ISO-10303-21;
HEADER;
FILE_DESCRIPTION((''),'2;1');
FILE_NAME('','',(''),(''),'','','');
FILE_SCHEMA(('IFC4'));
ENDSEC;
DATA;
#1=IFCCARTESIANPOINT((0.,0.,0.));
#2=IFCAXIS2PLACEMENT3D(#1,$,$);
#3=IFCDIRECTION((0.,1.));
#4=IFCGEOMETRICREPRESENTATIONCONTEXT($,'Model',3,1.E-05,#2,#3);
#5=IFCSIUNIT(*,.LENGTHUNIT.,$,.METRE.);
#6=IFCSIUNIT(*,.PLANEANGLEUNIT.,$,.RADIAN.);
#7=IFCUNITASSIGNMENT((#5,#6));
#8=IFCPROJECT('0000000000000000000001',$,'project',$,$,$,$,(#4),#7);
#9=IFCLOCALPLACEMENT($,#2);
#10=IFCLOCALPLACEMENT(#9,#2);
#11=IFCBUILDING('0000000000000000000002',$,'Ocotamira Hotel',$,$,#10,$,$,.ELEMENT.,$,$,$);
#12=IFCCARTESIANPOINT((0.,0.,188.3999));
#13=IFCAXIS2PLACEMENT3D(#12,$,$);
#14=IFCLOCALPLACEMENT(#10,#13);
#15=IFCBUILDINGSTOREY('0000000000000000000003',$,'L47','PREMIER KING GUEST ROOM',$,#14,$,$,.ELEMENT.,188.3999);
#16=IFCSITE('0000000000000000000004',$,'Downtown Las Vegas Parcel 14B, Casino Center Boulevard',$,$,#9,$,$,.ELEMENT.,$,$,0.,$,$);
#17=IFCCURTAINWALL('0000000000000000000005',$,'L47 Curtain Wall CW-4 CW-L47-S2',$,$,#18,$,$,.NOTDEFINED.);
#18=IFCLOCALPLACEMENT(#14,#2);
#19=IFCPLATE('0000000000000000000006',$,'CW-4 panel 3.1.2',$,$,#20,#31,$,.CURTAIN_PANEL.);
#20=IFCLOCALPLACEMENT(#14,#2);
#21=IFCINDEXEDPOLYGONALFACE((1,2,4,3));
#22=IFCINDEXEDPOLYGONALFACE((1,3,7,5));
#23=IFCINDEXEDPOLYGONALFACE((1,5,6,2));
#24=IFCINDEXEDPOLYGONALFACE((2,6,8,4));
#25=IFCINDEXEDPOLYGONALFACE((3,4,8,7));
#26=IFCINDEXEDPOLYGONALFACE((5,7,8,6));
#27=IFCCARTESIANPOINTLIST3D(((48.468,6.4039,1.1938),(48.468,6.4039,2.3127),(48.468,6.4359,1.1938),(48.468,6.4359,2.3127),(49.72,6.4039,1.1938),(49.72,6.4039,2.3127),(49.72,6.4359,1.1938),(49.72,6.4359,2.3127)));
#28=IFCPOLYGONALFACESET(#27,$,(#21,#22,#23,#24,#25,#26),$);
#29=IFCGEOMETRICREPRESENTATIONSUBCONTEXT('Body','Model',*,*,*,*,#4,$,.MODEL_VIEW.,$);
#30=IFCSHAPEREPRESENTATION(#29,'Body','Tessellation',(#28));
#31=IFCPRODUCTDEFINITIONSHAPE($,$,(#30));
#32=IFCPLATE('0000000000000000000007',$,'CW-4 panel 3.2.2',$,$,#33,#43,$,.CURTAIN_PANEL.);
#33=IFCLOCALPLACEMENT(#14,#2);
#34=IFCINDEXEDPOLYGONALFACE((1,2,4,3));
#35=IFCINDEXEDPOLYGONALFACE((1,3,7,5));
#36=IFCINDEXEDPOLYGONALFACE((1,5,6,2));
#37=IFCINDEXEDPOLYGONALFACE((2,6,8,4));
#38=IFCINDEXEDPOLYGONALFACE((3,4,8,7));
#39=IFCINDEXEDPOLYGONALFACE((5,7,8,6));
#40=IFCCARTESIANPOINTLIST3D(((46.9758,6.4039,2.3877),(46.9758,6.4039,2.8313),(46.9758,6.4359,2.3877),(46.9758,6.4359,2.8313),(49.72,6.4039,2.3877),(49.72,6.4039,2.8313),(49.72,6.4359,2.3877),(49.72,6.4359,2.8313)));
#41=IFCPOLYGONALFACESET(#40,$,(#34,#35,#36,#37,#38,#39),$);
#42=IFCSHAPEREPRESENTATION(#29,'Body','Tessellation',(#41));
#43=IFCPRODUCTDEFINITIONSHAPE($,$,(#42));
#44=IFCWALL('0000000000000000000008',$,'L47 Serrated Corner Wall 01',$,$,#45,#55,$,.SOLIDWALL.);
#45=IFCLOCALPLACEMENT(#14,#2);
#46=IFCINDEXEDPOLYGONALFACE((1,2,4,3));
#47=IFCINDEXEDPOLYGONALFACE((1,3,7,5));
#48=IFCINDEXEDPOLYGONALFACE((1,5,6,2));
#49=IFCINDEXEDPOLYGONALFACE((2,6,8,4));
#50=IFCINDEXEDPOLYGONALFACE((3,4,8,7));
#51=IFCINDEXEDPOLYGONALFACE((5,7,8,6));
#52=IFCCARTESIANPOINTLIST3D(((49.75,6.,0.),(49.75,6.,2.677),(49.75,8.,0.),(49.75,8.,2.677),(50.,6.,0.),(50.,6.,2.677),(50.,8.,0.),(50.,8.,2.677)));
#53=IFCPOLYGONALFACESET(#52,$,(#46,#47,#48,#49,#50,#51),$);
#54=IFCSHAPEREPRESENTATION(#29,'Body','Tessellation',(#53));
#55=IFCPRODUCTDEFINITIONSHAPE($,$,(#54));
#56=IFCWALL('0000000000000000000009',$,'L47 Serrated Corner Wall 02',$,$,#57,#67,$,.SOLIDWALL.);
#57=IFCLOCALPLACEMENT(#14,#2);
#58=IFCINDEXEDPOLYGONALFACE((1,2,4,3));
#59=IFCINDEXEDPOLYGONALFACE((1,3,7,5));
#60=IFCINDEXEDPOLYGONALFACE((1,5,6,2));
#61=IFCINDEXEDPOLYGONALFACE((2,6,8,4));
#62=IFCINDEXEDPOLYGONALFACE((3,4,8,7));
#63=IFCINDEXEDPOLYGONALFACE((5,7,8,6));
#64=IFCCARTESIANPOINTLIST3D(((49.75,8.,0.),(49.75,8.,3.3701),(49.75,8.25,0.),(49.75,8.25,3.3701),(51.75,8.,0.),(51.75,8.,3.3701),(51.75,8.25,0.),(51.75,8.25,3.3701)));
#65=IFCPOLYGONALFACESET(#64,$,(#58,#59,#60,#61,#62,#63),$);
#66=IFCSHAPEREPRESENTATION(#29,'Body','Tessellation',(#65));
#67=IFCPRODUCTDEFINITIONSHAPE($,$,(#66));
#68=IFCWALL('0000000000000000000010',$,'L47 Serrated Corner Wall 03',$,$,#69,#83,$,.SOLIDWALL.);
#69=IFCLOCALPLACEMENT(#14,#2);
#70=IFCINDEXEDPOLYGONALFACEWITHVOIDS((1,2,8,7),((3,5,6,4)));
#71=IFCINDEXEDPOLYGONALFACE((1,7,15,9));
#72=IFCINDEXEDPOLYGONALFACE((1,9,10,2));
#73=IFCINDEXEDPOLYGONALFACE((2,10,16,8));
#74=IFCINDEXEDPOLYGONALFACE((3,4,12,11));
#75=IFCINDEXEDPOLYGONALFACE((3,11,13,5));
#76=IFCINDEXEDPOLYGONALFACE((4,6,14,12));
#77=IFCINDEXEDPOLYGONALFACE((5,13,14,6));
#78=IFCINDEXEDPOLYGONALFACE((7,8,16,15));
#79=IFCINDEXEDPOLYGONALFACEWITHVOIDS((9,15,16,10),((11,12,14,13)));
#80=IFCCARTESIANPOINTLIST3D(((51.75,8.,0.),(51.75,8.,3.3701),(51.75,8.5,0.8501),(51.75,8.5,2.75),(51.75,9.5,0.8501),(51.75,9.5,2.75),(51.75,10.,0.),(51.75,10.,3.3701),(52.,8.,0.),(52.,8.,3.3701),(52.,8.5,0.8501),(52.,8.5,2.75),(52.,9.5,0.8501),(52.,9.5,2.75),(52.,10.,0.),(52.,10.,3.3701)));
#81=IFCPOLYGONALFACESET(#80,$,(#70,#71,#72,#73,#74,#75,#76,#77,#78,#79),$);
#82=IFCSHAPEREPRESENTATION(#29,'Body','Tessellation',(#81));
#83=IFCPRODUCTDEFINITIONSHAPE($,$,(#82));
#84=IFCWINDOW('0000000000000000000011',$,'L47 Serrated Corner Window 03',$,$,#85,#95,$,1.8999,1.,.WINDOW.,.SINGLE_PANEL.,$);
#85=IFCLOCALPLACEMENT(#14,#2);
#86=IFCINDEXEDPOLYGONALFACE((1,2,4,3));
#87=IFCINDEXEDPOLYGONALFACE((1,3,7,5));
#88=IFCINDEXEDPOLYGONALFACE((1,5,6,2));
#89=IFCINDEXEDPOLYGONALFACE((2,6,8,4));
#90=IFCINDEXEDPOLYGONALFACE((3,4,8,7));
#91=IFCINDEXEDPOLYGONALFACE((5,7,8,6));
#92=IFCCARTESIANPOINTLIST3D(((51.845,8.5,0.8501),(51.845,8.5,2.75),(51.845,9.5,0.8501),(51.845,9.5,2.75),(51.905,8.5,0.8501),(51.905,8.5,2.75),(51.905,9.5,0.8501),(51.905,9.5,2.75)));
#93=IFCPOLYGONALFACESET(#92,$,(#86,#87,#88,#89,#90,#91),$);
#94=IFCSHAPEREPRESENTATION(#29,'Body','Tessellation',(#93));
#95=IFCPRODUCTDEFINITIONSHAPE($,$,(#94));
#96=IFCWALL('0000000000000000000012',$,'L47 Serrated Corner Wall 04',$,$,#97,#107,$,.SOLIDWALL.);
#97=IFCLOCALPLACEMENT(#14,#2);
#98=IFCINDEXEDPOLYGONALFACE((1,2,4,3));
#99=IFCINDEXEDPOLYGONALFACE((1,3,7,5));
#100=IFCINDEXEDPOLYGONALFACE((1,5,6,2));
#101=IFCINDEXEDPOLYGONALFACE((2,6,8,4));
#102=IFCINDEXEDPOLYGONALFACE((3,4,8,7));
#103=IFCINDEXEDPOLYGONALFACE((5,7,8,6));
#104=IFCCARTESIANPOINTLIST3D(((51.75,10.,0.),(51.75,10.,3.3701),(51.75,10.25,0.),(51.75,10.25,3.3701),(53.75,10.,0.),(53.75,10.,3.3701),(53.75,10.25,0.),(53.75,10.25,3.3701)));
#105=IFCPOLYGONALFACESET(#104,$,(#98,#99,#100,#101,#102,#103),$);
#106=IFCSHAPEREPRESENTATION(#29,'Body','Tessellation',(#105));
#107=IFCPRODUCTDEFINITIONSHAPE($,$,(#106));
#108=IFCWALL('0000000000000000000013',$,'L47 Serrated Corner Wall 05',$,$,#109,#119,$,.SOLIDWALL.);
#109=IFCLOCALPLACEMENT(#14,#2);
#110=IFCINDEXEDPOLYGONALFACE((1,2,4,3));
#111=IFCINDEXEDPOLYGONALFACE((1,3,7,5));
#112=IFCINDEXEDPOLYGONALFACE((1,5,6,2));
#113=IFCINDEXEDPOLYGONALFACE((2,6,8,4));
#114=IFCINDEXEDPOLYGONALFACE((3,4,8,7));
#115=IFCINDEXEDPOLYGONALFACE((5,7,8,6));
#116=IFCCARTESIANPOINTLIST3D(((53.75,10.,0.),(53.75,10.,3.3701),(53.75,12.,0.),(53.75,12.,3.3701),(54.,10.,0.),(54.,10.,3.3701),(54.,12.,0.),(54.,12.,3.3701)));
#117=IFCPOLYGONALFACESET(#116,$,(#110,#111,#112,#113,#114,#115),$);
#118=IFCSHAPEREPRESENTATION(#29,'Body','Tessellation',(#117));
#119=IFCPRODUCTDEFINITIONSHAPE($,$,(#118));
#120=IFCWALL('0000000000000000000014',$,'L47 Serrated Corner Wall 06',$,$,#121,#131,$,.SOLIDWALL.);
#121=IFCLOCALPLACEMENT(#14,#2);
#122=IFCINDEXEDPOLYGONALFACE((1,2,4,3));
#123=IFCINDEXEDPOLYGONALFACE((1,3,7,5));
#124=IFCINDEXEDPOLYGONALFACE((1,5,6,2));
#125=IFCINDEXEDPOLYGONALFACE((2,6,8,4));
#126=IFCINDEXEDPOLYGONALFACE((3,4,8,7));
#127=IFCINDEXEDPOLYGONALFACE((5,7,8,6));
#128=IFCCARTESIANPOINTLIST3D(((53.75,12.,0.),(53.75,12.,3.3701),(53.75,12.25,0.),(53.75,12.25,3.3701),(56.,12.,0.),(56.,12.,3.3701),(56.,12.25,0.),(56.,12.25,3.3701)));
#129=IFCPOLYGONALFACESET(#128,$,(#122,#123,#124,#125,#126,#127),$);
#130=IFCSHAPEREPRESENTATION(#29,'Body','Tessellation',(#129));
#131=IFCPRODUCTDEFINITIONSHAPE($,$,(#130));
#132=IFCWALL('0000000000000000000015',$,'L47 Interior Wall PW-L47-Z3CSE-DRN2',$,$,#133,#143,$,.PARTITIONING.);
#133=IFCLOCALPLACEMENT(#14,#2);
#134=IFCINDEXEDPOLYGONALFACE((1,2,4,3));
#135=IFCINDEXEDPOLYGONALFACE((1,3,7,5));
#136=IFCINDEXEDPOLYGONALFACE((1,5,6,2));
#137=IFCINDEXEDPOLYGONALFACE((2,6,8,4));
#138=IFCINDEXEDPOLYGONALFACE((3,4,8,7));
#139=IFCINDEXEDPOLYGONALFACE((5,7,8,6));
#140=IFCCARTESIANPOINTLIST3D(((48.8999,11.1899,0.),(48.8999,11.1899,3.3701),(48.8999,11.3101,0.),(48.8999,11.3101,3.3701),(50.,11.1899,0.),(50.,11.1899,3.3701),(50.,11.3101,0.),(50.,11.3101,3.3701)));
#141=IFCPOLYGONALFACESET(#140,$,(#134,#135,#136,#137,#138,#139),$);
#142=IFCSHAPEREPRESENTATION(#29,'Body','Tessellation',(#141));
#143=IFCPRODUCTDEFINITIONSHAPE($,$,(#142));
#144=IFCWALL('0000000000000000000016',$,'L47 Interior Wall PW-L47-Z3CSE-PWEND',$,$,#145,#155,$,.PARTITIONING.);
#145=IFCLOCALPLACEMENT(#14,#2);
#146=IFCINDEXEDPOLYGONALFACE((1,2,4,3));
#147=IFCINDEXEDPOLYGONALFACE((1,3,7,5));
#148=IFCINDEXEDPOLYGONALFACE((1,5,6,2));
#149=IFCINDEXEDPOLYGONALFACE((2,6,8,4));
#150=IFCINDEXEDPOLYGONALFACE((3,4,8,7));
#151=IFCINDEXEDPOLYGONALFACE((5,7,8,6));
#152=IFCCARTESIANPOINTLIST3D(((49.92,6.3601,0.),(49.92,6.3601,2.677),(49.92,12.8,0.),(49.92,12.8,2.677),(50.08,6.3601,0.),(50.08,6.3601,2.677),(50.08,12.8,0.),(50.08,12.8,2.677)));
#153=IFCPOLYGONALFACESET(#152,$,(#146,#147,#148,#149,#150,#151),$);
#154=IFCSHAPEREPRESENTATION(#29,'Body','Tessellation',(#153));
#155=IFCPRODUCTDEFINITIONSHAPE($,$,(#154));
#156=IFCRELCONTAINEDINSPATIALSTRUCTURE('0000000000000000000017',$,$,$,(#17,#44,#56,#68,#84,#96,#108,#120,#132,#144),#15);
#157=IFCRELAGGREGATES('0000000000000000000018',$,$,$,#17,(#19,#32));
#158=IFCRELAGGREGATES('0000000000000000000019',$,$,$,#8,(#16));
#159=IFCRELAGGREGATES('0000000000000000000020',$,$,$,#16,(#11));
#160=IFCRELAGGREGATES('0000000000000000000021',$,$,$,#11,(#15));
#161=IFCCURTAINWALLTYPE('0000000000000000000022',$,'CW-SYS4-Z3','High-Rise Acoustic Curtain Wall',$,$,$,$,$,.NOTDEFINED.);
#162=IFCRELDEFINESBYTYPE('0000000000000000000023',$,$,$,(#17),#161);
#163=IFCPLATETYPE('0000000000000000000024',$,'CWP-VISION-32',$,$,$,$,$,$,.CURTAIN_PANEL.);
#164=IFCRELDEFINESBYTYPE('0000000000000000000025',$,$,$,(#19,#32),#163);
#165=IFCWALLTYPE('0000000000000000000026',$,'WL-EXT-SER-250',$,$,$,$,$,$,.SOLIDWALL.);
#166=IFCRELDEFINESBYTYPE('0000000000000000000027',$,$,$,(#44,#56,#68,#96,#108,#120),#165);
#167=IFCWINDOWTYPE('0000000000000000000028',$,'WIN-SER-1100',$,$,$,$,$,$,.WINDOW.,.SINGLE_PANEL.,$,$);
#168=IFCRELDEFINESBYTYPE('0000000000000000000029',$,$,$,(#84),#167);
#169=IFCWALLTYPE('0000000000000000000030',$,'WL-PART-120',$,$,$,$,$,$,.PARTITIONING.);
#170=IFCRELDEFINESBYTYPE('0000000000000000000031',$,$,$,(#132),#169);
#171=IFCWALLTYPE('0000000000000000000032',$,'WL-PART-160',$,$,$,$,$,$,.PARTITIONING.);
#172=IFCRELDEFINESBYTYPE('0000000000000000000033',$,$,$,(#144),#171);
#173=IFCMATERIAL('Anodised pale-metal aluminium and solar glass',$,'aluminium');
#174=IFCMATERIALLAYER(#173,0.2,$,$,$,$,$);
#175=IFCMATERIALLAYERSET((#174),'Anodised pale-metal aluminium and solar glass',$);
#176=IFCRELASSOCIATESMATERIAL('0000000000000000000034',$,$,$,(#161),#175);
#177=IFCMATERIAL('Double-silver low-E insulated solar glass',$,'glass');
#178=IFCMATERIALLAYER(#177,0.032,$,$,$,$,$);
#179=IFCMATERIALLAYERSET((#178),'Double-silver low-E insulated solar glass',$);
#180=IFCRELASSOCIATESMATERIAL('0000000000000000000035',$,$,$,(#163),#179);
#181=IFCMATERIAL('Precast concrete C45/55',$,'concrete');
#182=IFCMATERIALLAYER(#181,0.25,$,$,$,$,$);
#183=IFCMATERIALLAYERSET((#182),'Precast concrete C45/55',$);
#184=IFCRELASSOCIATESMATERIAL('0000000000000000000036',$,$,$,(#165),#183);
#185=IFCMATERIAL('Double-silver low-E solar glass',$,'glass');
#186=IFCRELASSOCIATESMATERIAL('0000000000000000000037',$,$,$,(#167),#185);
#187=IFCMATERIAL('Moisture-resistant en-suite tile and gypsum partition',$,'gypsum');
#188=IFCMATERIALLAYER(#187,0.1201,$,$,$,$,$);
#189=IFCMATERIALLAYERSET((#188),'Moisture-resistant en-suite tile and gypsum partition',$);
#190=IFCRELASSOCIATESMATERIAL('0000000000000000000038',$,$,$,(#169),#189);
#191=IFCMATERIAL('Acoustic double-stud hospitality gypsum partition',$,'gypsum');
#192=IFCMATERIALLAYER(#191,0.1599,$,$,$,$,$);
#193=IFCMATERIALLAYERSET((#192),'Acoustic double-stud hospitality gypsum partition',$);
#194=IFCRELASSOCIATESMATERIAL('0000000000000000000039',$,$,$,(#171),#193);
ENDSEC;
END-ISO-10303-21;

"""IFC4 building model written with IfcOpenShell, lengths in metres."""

from ifc_helpers import new_model, si_unit, direction, frame, frame_2d, origin, origin_2d, place, context, subcontext, project, spatial, rectangle, extrude, source, transform, mapped, material, layer, layer_set, type_object, element, fill, aggregate, save


model = new_model("IFC4")

# Units and contexts
model_context = context("Model", 3, precision=1e-05, world=origin(), true_north=direction((0.0, 1.0)))
body_context = subcontext(model_context, "Body", "Model", "MODEL_VIEW")
ifc_project = project(units=[si_unit("LENGTHUNIT", "METRE"), si_unit("PLANEANGLEUNIT", "RADIAN")], contexts=[model_context])

# Site, building, storey
site_placement = place(None, origin())
site = spatial("IfcSite", under=ifc_project, at=site_placement, Name="Downtown Las Vegas Parcel 14B, Casino Center Boulevard", CompositionType="ELEMENT", RefElevation=0.0)
building_placement = place(site_placement, origin())
building = spatial("IfcBuilding", under=site, at=building_placement, Name="Ocotamira Hotel", CompositionType="ELEMENT")
storey_placement = place(building_placement, frame((0.0, 0.0, 188.3999)))
storey = spatial("IfcBuildingStorey", under=building, at=storey_placement, Name="L47", Description="PREMIER KING GUEST ROOM", CompositionType="ELEMENT", Elevation=188.3999)

# Curtain wall
ifc_material_1 = material(Name="Anodised pale-metal aluminium and solar glass", Category="aluminium")
ifc_layer_1 = layer(ifc_material_1, 0.2)
ifc_layer_set_1 = layer_set([ifc_layer_1], Name="Anodised pale-metal aluminium and solar glass")
curtain_wall_type = type_object("IfcCurtainWallType", Name="CW-SYS4-Z3", Description="High-Rise Acoustic Curtain Wall", PredefinedType="NOTDEFINED", material=ifc_layer_set_1)
curtain_wall_1_placement = place(storey_placement, origin())
curtain_wall_1 = element("IfcCurtainWall", 1, at=curtain_wall_1_placement, inside=storey, type_object=curtain_wall_type, Name="L47 Curtain Wall CW-4 CW-L47-S2", PredefinedType="NOTDEFINED")

# Plates
ifc_material_2 = material(Name="Double-silver low-E insulated solar glass", Category="glass")
ifc_layer_2 = layer(ifc_material_2, 0.032)
ifc_layer_set_2 = layer_set([ifc_layer_2], Name="Double-silver low-E insulated solar glass")
plate_type = type_object("IfcPlateType", Name="CWP-VISION-32", PredefinedType="CURTAIN_PANEL", material=ifc_layer_set_2)
shared_shape_1 = source(origin(), body_context, "Body", "SweptSolid", [
    extrude(rectangle(XDim=1.252, YDim=0.032, at=origin_2d()), origin(), (0.0, 0.0, 1.0), 1.1189),
])
plate_1_placement = place(storey_placement, frame((49.094, 6.4199, 1.1938), z_axis=(0.0, 0.0, 1.0), x_axis=(1.0, 0.0, 0.0)))
plate_1 = element("IfcPlate", 2, at=plate_1_placement, type_object=plate_type, Name="CW-4 panel 3.1.2", PredefinedType="CURTAIN_PANEL", context=body_context, shape_type="MappedRepresentation", body=[
    mapped(shared_shape_1, transform((0.0, 0.0, 0.0), scale=1.0)),
])
shared_shape_2 = source(origin(), body_context, "Body", "SweptSolid", [
    extrude(rectangle(XDim=2.7441, YDim=0.032, at=origin_2d()), origin(), (0.0, 0.0, 1.0), 0.4436),
])
plate_2_placement = place(storey_placement, frame((48.3479, 6.4199, 2.3877), z_axis=(0.0, 0.0, 1.0), x_axis=(1.0, 0.0, 0.0)))
plate_2 = element("IfcPlate", 3, at=plate_2_placement, type_object=plate_type, Name="CW-4 panel 3.2.2", PredefinedType="CURTAIN_PANEL", context=body_context, shape_type="MappedRepresentation", body=[
    mapped(shared_shape_2, transform((0.0, 0.0, 0.0), scale=1.0)),
])
aggregate(curtain_wall_1, [plate_1, plate_2])

# Walls
ifc_material_3 = material(Name="Precast concrete C45/55", Category="concrete")
ifc_layer_3 = layer(ifc_material_3, 0.25)
ifc_layer_set_3 = layer_set([ifc_layer_3], Name="Precast concrete C45/55")
wall_type_1 = type_object("IfcWallType", Name="WL-EXT-SER-250", PredefinedType="SOLIDWALL", material=ifc_layer_set_3)
wall_1_placement = place(storey_placement, frame((49.875, 6.0, 0.0), z_axis=(0.0, 0.0, 1.0), x_axis=(0.0, 1.0, 0.0)))
element("IfcWall", 4, at=wall_1_placement, inside=storey, type_object=wall_type_1, Name="L47 Serrated Corner Wall 01", PredefinedType="SOLIDWALL", context=body_context, shape_type="SweptSolid", body=[
    extrude(rectangle(XDim=2.0, YDim=0.25, at=frame_2d((1.0, 0.0))), origin(), (0.0, 0.0, 1.0), 2.677),
])
wall_2_placement = place(storey_placement, frame((49.75, 8.125, 0.0), z_axis=(0.0, 0.0, 1.0), x_axis=(1.0, 0.0, 0.0)))
element("IfcWall", 5, at=wall_2_placement, inside=storey, type_object=wall_type_1, Name="L47 Serrated Corner Wall 02", PredefinedType="SOLIDWALL", context=body_context, shape_type="SweptSolid", body=[
    extrude(rectangle(XDim=2.0, YDim=0.25, at=frame_2d((1.0, 0.0))), origin(), (0.0, 0.0, 1.0), 3.3701),
])

# Wall, opening, window
wall_3_placement = place(storey_placement, frame((51.875, 8.0, 0.0), z_axis=(0.0, 0.0, 1.0), x_axis=(0.0, 1.0, 0.0)))
wall_3 = element("IfcWall", 6, at=wall_3_placement, inside=storey, type_object=wall_type_1, Name="L47 Serrated Corner Wall 03", PredefinedType="SOLIDWALL", context=body_context, shape_type="SweptSolid", body=[
    extrude(rectangle(XDim=2.0, YDim=0.25, at=frame_2d((1.0, 0.0))), origin(), (0.0, 0.0, 1.0), 3.3701),
])
opening_placement = place(wall_3_placement, frame((0.5, 0.0, 0.8501)))
opening = element("IfcOpeningElement", 7, at=opening_placement, cuts=wall_3, PredefinedType="OPENING", context=body_context, shape_type="SweptSolid", body=[
    extrude(rectangle(XDim=1.0, YDim=1.8999, at=frame_2d((0.5, 0.95))), frame((0.0, 0.135, 0.0), z_axis=(0.0, -1.0, 0.0), x_axis=(1.0, 0.0, 0.0)), (0.0, 0.0, 1.0), 0.27),
])
ifc_material_4 = material(Name="Double-silver low-E solar glass", Category="glass")
window_type = type_object("IfcWindowType", Name="WIN-SER-1100", PartitioningType="SINGLE_PANEL", PredefinedType="WINDOW", material=ifc_material_4)
shared_shape_3 = source(origin(), body_context, "Body", "SweptSolid", [
    extrude(rectangle(XDim=1.0, YDim=1.8999, at=frame_2d((0.5, 0.95))), frame((0.0, 0.03, 0.0), z_axis=(0.0, -1.0, 0.0), x_axis=(1.0, 0.0, 0.0)), (0.0, 0.0, 1.0), 0.0601),
])
window_placement = place(opening_placement, origin())
window = element("IfcWindow", 8, at=window_placement, inside=storey, type_object=window_type, Name="L47 Serrated Corner Window 03", OverallHeight=1.8999, OverallWidth=1.0, PartitioningType="SINGLE_PANEL", PredefinedType="WINDOW", context=body_context, shape_type="MappedRepresentation", body=[
    mapped(shared_shape_3, transform((0.0, 0.0, 0.0), scale=1.0)),
])
fill(opening, window)

# Walls
for number, where, z_axis, x_axis, name in (
    (9, (51.75, 10.125, 0.0), (0.0, 0.0, 1.0), (1.0, 0.0, 0.0), "L47 Serrated Corner Wall 04"),
    (10, (53.875, 10.0, 0.0), (0.0, 0.0, 1.0), (0.0, 1.0, 0.0), "L47 Serrated Corner Wall 05"),
):
    element("IfcWall", number, at=place(storey_placement, frame(where, z_axis=z_axis, x_axis=x_axis)), inside=storey, type_object=wall_type_1, Name=name, PredefinedType="SOLIDWALL", context=body_context, shape_type="SweptSolid", body=[
        extrude(rectangle(XDim=2.0, YDim=0.25, at=frame_2d((1.0, 0.0))), origin(), (0.0, 0.0, 1.0), 3.3701),
    ])
wall_4_placement = place(storey_placement, frame((53.75, 12.125, 0.0), z_axis=(0.0, 0.0, 1.0), x_axis=(1.0, 0.0, 0.0)))
element("IfcWall", 11, at=wall_4_placement, inside=storey, type_object=wall_type_1, Name="L47 Serrated Corner Wall 06", PredefinedType="SOLIDWALL", context=body_context, shape_type="SweptSolid", body=[
    extrude(rectangle(XDim=2.25, YDim=0.25, at=frame_2d((1.125, 0.0))), origin(), (0.0, 0.0, 1.0), 3.3701),
])
ifc_material_5 = material(Name="Moisture-resistant en-suite tile and gypsum partition", Category="gypsum")
ifc_layer_4 = layer(ifc_material_5, 0.1201)
ifc_layer_set_4 = layer_set([ifc_layer_4], Name="Moisture-resistant en-suite tile and gypsum partition")
wall_type_2 = type_object("IfcWallType", Name="WL-PART-120", PredefinedType="PARTITIONING", material=ifc_layer_set_4)
wall_5_placement = place(storey_placement, frame((48.8999, 11.25, 0.0), z_axis=(0.0, 0.0, 1.0), x_axis=(1.0, 0.0, 0.0)))
element("IfcWall", 12, at=wall_5_placement, inside=storey, type_object=wall_type_2, Name="L47 Interior Wall PW-L47-Z3CSE-DRN2", PredefinedType="PARTITIONING", context=body_context, shape_type="SweptSolid", body=[
    extrude(rectangle(XDim=1.1001, YDim=0.1201, at=frame_2d((0.55, 0.0))), origin(), (0.0, 0.0, 1.0), 3.3701),
])
ifc_material_6 = material(Name="Acoustic double-stud hospitality gypsum partition", Category="gypsum")
ifc_layer_5 = layer(ifc_material_6, 0.1599)
ifc_layer_set_5 = layer_set([ifc_layer_5], Name="Acoustic double-stud hospitality gypsum partition")
wall_type_3 = type_object("IfcWallType", Name="WL-PART-160", PredefinedType="PARTITIONING", material=ifc_layer_set_5)
wall_6_placement = place(storey_placement, frame((50.0, 6.3601, 0.0), z_axis=(0.0, 0.0, 1.0), x_axis=(0.0, 1.0, 0.0)))
element("IfcWall", 13, at=wall_6_placement, inside=storey, type_object=wall_type_3, Name="L47 Interior Wall PW-L47-Z3CSE-PWEND", PredefinedType="PARTITIONING", context=body_context, shape_type="SweptSolid", body=[
    extrude(rectangle(XDim=6.4399, YDim=0.1599, at=frame_2d((3.22, 0.0))), origin(), (0.0, 0.0, 1.0), 2.677),
])

save(model, "model.ifc")
